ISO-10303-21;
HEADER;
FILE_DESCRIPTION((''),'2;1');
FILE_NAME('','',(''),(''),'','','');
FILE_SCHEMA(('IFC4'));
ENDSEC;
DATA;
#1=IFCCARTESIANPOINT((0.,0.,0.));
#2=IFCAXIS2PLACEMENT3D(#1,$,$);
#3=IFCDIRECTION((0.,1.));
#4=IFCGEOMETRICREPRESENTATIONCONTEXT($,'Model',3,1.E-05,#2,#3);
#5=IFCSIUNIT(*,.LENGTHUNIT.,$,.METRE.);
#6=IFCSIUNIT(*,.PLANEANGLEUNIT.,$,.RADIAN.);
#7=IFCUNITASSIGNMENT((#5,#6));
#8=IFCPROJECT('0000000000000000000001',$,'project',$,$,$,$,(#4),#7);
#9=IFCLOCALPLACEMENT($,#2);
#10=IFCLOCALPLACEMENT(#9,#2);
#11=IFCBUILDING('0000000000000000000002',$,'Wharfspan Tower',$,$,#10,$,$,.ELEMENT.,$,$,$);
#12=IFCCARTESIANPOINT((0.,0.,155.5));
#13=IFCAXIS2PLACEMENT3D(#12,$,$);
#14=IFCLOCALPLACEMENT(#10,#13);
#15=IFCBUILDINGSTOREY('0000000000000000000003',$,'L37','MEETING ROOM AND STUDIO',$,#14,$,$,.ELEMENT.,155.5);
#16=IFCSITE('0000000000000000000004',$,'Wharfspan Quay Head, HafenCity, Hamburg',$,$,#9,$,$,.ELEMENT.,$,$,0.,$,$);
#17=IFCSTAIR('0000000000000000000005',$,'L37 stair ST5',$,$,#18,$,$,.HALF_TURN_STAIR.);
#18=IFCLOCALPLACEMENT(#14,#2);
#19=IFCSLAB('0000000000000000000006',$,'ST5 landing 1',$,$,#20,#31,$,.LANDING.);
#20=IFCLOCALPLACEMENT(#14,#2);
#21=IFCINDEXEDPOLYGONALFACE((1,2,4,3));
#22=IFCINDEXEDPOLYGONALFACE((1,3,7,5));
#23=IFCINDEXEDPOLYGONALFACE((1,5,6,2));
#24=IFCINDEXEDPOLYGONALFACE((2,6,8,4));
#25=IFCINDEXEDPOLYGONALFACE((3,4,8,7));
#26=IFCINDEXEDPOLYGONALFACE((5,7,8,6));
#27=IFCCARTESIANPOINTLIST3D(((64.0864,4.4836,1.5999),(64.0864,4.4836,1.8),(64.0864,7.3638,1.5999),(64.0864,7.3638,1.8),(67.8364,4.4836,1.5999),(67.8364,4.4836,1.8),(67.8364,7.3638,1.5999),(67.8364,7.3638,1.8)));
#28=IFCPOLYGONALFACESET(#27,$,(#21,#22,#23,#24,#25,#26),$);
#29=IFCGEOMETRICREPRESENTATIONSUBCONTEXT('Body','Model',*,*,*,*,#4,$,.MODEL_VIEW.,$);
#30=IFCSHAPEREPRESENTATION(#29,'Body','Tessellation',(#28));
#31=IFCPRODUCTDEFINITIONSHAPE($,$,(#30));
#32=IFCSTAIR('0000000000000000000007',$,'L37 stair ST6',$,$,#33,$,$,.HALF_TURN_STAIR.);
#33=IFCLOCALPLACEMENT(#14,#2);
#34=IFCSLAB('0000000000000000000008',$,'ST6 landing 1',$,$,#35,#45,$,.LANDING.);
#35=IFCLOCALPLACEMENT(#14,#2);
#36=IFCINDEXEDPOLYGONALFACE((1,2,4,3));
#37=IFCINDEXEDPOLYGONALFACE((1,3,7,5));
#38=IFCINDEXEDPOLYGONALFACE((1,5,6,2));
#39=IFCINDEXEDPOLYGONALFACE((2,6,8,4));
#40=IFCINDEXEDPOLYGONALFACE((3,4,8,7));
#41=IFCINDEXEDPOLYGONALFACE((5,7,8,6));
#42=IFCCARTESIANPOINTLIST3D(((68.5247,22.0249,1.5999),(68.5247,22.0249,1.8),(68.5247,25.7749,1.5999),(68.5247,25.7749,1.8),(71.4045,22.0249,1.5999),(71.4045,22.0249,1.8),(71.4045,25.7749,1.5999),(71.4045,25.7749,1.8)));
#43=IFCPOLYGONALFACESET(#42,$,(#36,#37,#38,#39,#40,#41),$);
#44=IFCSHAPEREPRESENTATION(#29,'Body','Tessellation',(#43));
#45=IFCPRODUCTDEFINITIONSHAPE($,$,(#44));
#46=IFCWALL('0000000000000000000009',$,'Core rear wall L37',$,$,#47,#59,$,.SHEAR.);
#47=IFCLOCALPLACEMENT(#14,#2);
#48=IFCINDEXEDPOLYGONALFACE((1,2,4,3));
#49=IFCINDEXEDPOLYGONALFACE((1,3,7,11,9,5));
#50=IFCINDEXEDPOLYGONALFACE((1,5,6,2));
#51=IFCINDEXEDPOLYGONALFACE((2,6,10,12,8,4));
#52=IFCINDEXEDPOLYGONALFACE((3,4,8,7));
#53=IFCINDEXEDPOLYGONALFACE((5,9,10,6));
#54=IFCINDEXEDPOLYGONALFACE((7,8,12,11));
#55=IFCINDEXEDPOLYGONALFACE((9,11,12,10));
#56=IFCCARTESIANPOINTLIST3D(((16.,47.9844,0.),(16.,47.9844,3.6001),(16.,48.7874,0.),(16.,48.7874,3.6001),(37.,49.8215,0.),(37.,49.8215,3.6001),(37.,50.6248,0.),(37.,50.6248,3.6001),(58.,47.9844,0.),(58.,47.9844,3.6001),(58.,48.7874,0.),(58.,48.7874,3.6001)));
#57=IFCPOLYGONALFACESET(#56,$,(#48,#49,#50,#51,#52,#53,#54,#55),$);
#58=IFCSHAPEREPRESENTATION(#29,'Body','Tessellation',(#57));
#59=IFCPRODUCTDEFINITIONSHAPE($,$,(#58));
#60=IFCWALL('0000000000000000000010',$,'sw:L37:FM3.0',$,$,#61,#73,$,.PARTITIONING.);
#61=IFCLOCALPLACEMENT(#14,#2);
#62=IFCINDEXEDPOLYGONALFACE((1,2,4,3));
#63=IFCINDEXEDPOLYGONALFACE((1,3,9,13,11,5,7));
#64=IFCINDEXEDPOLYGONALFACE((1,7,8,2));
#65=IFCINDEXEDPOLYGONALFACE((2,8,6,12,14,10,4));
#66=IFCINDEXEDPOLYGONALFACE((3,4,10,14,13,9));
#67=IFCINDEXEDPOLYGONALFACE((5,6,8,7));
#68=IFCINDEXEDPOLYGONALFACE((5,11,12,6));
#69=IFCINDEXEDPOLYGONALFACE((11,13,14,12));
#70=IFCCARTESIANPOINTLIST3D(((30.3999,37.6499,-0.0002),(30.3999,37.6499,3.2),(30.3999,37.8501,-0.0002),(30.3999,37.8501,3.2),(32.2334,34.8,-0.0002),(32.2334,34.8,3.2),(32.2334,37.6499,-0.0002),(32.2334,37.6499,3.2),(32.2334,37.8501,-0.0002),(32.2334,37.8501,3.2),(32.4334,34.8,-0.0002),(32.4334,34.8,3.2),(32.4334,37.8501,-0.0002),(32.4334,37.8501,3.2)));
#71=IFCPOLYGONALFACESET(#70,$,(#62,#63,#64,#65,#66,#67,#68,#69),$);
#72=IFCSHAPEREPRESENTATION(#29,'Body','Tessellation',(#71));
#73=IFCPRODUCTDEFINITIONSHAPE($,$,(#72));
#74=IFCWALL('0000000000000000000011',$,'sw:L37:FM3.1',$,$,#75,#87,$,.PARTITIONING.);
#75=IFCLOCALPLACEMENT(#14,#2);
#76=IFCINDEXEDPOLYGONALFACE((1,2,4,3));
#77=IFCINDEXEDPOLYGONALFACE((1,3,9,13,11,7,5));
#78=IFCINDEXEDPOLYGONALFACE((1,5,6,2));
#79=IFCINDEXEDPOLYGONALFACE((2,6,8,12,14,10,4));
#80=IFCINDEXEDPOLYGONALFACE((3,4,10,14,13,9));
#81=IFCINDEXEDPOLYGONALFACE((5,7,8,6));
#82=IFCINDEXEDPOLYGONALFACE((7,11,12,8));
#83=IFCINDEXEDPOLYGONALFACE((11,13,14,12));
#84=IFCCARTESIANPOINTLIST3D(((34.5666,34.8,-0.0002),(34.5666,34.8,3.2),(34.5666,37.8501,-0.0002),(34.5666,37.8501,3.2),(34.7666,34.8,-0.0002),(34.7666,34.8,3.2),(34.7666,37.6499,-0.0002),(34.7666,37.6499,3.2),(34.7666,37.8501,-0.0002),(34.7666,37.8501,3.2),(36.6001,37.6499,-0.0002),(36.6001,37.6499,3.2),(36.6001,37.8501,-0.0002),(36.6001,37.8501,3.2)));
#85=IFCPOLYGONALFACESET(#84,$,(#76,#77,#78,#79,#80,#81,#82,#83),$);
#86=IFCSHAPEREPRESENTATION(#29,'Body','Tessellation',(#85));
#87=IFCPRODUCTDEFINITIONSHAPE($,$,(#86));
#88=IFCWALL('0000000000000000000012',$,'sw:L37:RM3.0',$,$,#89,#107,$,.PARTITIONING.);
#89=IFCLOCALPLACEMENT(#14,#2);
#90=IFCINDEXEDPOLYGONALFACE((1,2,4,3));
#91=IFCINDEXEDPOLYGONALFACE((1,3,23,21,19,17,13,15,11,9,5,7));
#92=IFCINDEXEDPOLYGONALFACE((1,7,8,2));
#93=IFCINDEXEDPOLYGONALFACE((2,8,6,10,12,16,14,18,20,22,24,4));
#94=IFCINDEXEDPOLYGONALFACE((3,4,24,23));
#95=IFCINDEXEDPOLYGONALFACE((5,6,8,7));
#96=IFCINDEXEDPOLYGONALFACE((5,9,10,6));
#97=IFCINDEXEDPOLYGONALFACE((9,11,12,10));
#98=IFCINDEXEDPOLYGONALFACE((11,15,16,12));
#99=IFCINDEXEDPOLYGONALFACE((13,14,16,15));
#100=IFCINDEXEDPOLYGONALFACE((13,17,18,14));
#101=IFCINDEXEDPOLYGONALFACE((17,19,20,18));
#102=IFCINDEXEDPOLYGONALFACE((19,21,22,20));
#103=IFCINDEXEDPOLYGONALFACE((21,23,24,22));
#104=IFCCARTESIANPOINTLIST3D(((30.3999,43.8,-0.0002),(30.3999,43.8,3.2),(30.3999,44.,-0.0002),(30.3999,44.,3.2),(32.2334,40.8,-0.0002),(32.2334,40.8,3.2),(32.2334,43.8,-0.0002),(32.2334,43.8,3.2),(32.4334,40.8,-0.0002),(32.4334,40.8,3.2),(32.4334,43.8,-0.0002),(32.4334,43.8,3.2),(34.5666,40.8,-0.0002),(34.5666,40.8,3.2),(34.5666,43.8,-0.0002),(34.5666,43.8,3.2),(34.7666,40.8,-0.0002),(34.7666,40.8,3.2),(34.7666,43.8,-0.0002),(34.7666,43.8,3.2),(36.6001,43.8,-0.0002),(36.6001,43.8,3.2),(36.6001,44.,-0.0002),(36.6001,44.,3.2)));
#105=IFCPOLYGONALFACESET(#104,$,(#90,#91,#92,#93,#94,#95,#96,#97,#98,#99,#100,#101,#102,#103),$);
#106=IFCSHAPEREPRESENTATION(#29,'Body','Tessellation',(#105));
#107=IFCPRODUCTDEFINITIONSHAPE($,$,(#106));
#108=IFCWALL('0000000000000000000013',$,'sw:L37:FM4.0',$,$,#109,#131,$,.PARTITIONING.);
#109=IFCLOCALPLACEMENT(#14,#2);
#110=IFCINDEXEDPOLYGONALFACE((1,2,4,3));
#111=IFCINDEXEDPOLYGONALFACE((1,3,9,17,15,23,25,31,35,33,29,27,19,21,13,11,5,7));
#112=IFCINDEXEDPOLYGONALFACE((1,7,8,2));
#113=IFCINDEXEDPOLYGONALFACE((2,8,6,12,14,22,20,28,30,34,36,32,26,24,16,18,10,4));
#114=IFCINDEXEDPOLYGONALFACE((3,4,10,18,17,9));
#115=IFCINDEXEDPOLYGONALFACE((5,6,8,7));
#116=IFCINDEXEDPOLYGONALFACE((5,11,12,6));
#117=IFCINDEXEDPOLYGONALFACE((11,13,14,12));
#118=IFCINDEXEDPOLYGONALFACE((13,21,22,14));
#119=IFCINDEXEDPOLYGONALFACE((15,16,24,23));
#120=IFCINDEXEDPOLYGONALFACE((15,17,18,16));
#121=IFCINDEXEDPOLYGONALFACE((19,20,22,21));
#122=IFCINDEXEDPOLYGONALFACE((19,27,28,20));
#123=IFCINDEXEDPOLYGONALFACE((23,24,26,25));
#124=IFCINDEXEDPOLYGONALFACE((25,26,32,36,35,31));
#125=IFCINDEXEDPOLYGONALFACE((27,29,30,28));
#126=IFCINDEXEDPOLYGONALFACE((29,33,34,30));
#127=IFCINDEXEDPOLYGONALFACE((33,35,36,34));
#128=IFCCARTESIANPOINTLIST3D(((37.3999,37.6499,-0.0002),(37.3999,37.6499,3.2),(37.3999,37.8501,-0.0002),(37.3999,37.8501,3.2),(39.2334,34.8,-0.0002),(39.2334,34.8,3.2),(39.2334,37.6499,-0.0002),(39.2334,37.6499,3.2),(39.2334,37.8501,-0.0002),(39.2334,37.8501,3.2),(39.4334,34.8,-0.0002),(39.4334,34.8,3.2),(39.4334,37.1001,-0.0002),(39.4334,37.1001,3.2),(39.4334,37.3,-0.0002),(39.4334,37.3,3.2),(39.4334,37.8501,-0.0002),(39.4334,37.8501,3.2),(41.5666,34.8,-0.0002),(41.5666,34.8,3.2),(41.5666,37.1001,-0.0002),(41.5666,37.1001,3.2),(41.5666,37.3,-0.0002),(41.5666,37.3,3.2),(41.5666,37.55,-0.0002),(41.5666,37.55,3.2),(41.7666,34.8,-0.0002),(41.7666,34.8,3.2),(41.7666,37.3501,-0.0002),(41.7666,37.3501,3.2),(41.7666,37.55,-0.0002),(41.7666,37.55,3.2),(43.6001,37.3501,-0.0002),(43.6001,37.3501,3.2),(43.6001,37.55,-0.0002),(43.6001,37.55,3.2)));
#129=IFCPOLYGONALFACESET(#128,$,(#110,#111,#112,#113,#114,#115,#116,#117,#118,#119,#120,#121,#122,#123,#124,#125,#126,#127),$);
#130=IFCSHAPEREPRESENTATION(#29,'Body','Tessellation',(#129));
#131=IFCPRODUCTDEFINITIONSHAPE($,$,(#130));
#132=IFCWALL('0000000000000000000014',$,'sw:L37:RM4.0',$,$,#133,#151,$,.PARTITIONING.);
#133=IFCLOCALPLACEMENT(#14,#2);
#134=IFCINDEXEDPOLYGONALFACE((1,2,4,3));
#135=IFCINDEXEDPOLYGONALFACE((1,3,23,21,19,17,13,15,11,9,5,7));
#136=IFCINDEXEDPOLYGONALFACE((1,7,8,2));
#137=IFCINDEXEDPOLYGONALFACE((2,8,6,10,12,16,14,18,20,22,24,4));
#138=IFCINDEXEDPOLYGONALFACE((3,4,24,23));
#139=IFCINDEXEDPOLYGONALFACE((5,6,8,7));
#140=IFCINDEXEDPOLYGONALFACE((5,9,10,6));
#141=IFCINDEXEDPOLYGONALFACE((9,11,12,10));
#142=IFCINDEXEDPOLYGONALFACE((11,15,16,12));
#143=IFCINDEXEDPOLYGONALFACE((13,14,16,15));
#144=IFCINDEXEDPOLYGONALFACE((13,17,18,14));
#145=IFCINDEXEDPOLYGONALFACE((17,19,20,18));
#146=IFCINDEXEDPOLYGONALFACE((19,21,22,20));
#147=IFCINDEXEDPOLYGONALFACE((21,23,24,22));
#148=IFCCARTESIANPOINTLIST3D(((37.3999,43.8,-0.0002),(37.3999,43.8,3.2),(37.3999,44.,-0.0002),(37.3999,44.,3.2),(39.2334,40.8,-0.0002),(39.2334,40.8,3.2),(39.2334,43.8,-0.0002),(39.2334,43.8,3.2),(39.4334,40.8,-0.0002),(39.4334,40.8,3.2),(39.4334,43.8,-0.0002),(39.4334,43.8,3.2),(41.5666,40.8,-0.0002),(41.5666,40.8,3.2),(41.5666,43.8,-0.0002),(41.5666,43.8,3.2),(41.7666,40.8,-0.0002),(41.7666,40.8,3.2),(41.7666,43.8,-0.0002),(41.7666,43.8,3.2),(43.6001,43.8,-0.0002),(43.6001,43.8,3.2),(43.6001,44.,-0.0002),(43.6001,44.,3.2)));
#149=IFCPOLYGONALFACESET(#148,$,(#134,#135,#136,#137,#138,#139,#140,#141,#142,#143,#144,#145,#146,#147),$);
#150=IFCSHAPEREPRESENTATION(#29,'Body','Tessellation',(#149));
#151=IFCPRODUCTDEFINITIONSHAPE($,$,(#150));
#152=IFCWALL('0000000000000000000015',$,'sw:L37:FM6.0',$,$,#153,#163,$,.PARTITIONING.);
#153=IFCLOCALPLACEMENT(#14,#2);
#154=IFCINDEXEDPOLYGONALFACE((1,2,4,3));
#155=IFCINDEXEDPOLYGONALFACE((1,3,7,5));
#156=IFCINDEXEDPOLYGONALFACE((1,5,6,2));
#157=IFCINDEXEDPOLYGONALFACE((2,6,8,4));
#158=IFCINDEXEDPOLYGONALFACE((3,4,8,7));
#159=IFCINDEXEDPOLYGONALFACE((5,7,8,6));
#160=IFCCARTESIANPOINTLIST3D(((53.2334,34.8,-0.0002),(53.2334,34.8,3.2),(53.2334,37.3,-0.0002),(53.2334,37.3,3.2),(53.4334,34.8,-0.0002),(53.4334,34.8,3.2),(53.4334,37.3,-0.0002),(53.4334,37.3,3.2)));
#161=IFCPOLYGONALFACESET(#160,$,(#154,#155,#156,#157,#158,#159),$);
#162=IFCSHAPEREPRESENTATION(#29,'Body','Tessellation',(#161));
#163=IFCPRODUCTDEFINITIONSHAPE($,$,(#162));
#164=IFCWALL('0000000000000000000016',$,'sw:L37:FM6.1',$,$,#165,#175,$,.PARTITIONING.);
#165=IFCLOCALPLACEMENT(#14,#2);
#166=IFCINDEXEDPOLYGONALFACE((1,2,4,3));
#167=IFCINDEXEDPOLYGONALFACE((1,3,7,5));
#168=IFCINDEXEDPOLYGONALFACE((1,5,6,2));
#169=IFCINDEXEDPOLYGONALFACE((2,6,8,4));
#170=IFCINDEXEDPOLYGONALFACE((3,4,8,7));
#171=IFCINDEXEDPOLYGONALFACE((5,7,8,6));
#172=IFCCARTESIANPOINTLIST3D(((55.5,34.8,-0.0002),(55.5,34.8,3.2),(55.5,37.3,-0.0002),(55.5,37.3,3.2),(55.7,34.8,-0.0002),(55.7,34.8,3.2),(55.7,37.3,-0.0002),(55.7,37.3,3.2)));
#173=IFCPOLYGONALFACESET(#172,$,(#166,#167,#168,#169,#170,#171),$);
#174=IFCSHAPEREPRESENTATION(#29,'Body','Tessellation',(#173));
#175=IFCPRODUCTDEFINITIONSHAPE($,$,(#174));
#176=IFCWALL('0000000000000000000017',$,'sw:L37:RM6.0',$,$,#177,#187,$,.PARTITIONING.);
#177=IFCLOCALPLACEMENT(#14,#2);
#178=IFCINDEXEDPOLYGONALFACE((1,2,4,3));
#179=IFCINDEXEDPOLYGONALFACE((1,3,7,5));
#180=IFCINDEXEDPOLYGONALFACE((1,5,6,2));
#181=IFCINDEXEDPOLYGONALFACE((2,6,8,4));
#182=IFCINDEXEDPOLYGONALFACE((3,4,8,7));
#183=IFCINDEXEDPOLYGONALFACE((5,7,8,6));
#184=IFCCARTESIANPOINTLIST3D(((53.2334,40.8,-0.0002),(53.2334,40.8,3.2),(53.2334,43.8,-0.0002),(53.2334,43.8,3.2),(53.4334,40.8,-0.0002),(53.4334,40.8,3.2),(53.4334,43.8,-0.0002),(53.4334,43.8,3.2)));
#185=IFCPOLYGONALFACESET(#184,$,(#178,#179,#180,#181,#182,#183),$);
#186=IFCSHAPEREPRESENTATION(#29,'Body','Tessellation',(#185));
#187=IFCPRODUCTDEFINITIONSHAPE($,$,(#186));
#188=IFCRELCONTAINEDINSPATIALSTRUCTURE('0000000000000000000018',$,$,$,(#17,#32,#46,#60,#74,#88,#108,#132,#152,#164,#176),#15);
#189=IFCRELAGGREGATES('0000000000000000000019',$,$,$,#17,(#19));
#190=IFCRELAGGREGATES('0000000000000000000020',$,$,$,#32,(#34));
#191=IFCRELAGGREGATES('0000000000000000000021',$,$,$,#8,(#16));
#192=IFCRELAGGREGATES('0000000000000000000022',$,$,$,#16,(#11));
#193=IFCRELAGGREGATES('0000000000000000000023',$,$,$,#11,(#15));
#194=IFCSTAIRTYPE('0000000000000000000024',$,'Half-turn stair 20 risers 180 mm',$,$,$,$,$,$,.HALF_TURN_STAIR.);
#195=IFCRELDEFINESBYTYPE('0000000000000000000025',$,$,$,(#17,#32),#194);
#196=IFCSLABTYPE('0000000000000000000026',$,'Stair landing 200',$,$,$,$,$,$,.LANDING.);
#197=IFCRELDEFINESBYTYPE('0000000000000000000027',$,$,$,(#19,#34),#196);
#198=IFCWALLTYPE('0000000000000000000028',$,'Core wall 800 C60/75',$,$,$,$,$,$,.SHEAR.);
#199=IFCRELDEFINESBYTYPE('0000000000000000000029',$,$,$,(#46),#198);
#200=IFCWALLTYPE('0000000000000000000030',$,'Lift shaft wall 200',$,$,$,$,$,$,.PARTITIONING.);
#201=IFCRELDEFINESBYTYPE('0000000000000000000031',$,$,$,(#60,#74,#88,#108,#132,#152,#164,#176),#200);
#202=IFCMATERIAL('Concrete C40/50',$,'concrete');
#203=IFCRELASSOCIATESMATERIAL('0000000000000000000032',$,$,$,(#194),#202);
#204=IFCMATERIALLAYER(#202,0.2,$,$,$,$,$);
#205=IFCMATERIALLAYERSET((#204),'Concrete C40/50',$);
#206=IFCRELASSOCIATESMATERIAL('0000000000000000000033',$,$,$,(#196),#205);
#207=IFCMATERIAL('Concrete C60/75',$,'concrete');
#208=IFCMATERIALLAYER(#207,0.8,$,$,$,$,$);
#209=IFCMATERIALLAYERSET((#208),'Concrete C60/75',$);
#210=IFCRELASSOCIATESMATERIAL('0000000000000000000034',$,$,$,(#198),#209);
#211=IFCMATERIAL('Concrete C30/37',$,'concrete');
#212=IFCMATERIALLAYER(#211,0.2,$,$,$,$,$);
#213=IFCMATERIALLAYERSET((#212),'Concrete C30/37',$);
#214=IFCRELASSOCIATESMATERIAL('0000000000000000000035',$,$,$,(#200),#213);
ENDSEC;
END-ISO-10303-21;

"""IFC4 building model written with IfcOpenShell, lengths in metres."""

from ifc_helpers import new_model, si_unit, direction, frame, origin, place, context, subcontext, project, spatial, polyline, outline, extrude, material, layer, layer_set, type_object, element, aggregate, save


model = new_model("IFC4")

# Units and contexts
model_context = context("Model", 3, precision=1e-05, world=origin(), true_north=direction((0.0, 1.0)))
body_context = subcontext(model_context, "Body", "Model", "MODEL_VIEW")
ifc_project = project(units=[si_unit("LENGTHUNIT", "METRE"), si_unit("PLANEANGLEUNIT", "RADIAN")], contexts=[model_context])

# Site, building, storey
site_placement = place(None, origin())
site = spatial("IfcSite", under=ifc_project, at=site_placement, Name="Wharfspan Quay Head, HafenCity, Hamburg", CompositionType="ELEMENT", RefElevation=0.0)
building_placement = place(site_placement, origin())
building = spatial("IfcBuilding", under=site, at=building_placement, Name="Wharfspan Tower", CompositionType="ELEMENT")
storey_placement = place(building_placement, frame((0.0, 0.0, 155.5)))
storey = spatial("IfcBuildingStorey", under=building, at=storey_placement, Name="L37", Description="MEETING ROOM AND STUDIO", CompositionType="ELEMENT", Elevation=155.5)

# Shared definitions
ifc_material_1 = material(Name="Concrete C40/50", Category="concrete")

# Stairs, slabs
stair_type = type_object("IfcStairType", Name="Half-turn stair 20 risers 180 mm", PredefinedType="HALF_TURN_STAIR", material=ifc_material_1)
ifc_layer_1 = layer(ifc_material_1, 0.2)
ifc_layer_set_1 = layer_set([ifc_layer_1], Name="Concrete C40/50")
slab_type_1 = type_object("IfcSlabType", Name="Stair landing 200", PredefinedType="LANDING", material=ifc_layer_set_1)
stair_1_placement = place(storey_placement, origin())
stair_1 = element("IfcStair", 1, at=stair_1_placement, inside=storey, type_object=stair_type, Name="L37 stair ST5", PredefinedType="HALF_TURN_STAIR")
slab_1_placement = place(storey_placement, frame((0.0, 0.0, 1.5999)))
slab_1 = element("IfcSlab", 2, at=slab_1_placement, type_object=slab_type_1, Name="ST5 landing 1", PredefinedType="LANDING", context=body_context, shape_type="SweptSolid", body=[
    extrude(outline(polyline([(64.0864, 7.3638), (64.0864, 4.4836), (67.8364, 4.4836), (67.8364, 7.3638), (64.0864, 7.3638)])), origin(), (0.0, 0.0, 1.0), 0.2002),
])
aggregate(stair_1, [slab_1])
stair_2_placement = place(storey_placement, origin())
stair_2 = element("IfcStair", 3, at=stair_2_placement, inside=storey, type_object=stair_type, Name="L37 stair ST6", PredefinedType="HALF_TURN_STAIR")
slab_2_placement = place(storey_placement, frame((0.0, 0.0, 1.5999)))
slab_2 = element("IfcSlab", 4, at=slab_2_placement, type_object=slab_type_1, Name="ST6 landing 1", PredefinedType="LANDING", context=body_context, shape_type="SweptSolid", body=[
    extrude(outline(polyline([(68.5247, 22.0249), (71.4045, 22.0249), (71.4045, 25.7749), (68.5247, 25.7749), (68.5247, 22.0249)])), origin(), (0.0, 0.0, 1.0), 0.2002),
])
aggregate(stair_2, [slab_2])

# Walls
ifc_material_2 = material(Name="Concrete C60/75", Category="concrete")
ifc_layer_2 = layer(ifc_material_2, 0.8)
ifc_layer_set_2 = layer_set([ifc_layer_2], Name="Concrete C60/75")
wall_type_1 = type_object("IfcWallType", Name="Core wall 800 C60/75", PredefinedType="SHEAR", material=ifc_layer_set_2)
wall_1_placement = place(storey_placement, origin())
element("IfcWall", 5, at=wall_1_placement, inside=storey, type_object=wall_type_1, Name="Core rear wall L37", PredefinedType="SHEAR", context=body_context, shape_type="SweptSolid", body=[
    extrude(outline(polyline([(16.0, 47.9844), (37.0, 49.8215), (58.0, 47.9844), (58.0, 48.7874), (37.0, 50.6248), (16.0, 48.7874), (16.0, 47.9844)])), origin(), (0.0, 0.0, 1.0), 3.6001),
])
ifc_material_3 = material(Name="Concrete C30/37", Category="concrete")
ifc_layer_3 = layer(ifc_material_3, 0.2)
ifc_layer_set_3 = layer_set([ifc_layer_3], Name="Concrete C30/37")
wall_type_2 = type_object("IfcWallType", Name="Lift shaft wall 200", PredefinedType="PARTITIONING", material=ifc_layer_set_3)
wall_2_placement = place(storey_placement, frame((0.0, 0.0, -0.0002)))
element("IfcWall", 6, at=wall_2_placement, inside=storey, type_object=wall_type_2, Name="sw:L37:FM3.0", PredefinedType="PARTITIONING", context=body_context, shape_type="SweptSolid", body=[
    extrude(outline(polyline([(32.2334, 37.6499), (30.3999, 37.6499), (30.3999, 37.8501), (32.2334, 37.8501), (32.4333, 37.8501), (32.4333, 34.8), (32.2334, 34.8), (32.2334, 37.6499)])), origin(), (0.0, 0.0, 1.0), 3.2002),
])
wall_3_placement = place(storey_placement, frame((0.0, 0.0, -0.0002)))
element("IfcWall", 7, at=wall_3_placement, inside=storey, type_object=wall_type_2, Name="sw:L37:FM3.1", PredefinedType="PARTITIONING", context=body_context, shape_type="SweptSolid", body=[
    extrude(outline(polyline([(34.5667, 37.8501), (34.7666, 37.8501), (36.6001, 37.8501), (36.6001, 37.6499), (34.7666, 37.6499), (34.7666, 34.8), (34.5667, 34.8), (34.5667, 37.8501)])), origin(), (0.0, 0.0, 1.0), 3.2002),
])
wall_4_placement = place(storey_placement, frame((0.0, 0.0, -0.0002)))
element("IfcWall", 8, at=wall_4_placement, inside=storey, type_object=wall_type_2, Name="sw:L37:RM3.0", PredefinedType="PARTITIONING", context=body_context, shape_type="SweptSolid", body=[
    extrude(outline(polyline([(32.4333, 40.8), (32.2334, 40.8), (32.2334, 43.8), (30.3999, 43.8), (30.3999, 44.0), (36.6001, 44.0), (36.6001, 43.8), (34.7666, 43.8), (34.7666, 40.8), (34.5667, 40.8), (34.5667, 43.8), (32.4333, 43.8), (32.4333, 40.8)])), origin(), (0.0, 0.0, 1.0), 3.2002),
])
wall_5_placement = place(storey_placement, frame((0.0, 0.0, -0.0002)))
element("IfcWall", 9, at=wall_5_placement, inside=storey, type_object=wall_type_2, Name="sw:L37:FM4.0", PredefinedType="PARTITIONING", context=body_context, shape_type="SweptSolid", body=[
    extrude(outline(polyline([(41.5667, 37.1001), (39.4333, 37.1001), (39.4333, 34.8), (39.2334, 34.8), (39.2334, 37.6499), (37.3999, 37.6499), (37.3999, 37.8501), (39.2334, 37.8501), (39.4333, 37.8501), (39.4333, 37.3), (41.5667, 37.3), (41.5667, 37.55), (41.7666, 37.55), (43.6001, 37.55), (43.6001, 37.3501), (41.7666, 37.3501), (41.7666, 34.8), (41.5667, 34.8), (41.5667, 37.1001)])), origin(), (0.0, 0.0, 1.0), 3.2002),
])
wall_6_placement = place(storey_placement, frame((0.0, 0.0, -0.0002)))
element("IfcWall", 10, at=wall_6_placement, inside=storey, type_object=wall_type_2, Name="sw:L37:RM4.0", PredefinedType="PARTITIONING", context=body_context, shape_type="SweptSolid", body=[
    extrude(outline(polyline([(39.4333, 40.8), (39.2334, 40.8), (39.2334, 43.8), (37.3999, 43.8), (37.3999, 44.0), (43.6001, 44.0), (43.6001, 43.8), (41.7666, 43.8), (41.7666, 40.8), (41.5667, 40.8), (41.5667, 43.8), (39.4333, 43.8), (39.4333, 40.8)])), origin(), (0.0, 0.0, 1.0), 3.2002),
])
wall_7_placement = place(storey_placement, frame((0.0, 0.0, -0.0002)))
element("IfcWall", 11, at=wall_7_placement, inside=storey, type_object=wall_type_2, Name="sw:L37:FM6.0", PredefinedType="PARTITIONING", context=body_context, shape_type="SweptSolid", body=[
    extrude(outline(polyline([(53.2334, 34.8), (53.2334, 37.3), (53.4333, 37.3), (53.4333, 34.8), (53.2334, 34.8)])), origin(), (0.0, 0.0, 1.0), 3.2002),
])
wall_8_placement = place(storey_placement, frame((0.0, 0.0, -0.0002)))
element("IfcWall", 12, at=wall_8_placement, inside=storey, type_object=wall_type_2, Name="sw:L37:FM6.1", PredefinedType="PARTITIONING", context=body_context, shape_type="SweptSolid", body=[
    extrude(outline(polyline([(55.5, 34.8), (55.5, 37.3), (55.7, 37.3), (55.7, 34.8), (55.5, 34.8)])), origin(), (0.0, 0.0, 1.0), 3.2002),
])
wall_9_placement = place(storey_placement, frame((0.0, 0.0, -0.0002)))
element("IfcWall", 13, at=wall_9_placement, inside=storey, type_object=wall_type_2, Name="sw:L37:RM6.0", PredefinedType="PARTITIONING", context=body_context, shape_type="SweptSolid", body=[
    extrude(outline(polyline([(53.4333, 40.8), (53.4333, 43.8), (53.2334, 43.8), (53.2334, 40.8), (53.4333, 40.8)])), origin(), (0.0, 0.0, 1.0), 3.2002),
])

save(model, "model.ifc")
